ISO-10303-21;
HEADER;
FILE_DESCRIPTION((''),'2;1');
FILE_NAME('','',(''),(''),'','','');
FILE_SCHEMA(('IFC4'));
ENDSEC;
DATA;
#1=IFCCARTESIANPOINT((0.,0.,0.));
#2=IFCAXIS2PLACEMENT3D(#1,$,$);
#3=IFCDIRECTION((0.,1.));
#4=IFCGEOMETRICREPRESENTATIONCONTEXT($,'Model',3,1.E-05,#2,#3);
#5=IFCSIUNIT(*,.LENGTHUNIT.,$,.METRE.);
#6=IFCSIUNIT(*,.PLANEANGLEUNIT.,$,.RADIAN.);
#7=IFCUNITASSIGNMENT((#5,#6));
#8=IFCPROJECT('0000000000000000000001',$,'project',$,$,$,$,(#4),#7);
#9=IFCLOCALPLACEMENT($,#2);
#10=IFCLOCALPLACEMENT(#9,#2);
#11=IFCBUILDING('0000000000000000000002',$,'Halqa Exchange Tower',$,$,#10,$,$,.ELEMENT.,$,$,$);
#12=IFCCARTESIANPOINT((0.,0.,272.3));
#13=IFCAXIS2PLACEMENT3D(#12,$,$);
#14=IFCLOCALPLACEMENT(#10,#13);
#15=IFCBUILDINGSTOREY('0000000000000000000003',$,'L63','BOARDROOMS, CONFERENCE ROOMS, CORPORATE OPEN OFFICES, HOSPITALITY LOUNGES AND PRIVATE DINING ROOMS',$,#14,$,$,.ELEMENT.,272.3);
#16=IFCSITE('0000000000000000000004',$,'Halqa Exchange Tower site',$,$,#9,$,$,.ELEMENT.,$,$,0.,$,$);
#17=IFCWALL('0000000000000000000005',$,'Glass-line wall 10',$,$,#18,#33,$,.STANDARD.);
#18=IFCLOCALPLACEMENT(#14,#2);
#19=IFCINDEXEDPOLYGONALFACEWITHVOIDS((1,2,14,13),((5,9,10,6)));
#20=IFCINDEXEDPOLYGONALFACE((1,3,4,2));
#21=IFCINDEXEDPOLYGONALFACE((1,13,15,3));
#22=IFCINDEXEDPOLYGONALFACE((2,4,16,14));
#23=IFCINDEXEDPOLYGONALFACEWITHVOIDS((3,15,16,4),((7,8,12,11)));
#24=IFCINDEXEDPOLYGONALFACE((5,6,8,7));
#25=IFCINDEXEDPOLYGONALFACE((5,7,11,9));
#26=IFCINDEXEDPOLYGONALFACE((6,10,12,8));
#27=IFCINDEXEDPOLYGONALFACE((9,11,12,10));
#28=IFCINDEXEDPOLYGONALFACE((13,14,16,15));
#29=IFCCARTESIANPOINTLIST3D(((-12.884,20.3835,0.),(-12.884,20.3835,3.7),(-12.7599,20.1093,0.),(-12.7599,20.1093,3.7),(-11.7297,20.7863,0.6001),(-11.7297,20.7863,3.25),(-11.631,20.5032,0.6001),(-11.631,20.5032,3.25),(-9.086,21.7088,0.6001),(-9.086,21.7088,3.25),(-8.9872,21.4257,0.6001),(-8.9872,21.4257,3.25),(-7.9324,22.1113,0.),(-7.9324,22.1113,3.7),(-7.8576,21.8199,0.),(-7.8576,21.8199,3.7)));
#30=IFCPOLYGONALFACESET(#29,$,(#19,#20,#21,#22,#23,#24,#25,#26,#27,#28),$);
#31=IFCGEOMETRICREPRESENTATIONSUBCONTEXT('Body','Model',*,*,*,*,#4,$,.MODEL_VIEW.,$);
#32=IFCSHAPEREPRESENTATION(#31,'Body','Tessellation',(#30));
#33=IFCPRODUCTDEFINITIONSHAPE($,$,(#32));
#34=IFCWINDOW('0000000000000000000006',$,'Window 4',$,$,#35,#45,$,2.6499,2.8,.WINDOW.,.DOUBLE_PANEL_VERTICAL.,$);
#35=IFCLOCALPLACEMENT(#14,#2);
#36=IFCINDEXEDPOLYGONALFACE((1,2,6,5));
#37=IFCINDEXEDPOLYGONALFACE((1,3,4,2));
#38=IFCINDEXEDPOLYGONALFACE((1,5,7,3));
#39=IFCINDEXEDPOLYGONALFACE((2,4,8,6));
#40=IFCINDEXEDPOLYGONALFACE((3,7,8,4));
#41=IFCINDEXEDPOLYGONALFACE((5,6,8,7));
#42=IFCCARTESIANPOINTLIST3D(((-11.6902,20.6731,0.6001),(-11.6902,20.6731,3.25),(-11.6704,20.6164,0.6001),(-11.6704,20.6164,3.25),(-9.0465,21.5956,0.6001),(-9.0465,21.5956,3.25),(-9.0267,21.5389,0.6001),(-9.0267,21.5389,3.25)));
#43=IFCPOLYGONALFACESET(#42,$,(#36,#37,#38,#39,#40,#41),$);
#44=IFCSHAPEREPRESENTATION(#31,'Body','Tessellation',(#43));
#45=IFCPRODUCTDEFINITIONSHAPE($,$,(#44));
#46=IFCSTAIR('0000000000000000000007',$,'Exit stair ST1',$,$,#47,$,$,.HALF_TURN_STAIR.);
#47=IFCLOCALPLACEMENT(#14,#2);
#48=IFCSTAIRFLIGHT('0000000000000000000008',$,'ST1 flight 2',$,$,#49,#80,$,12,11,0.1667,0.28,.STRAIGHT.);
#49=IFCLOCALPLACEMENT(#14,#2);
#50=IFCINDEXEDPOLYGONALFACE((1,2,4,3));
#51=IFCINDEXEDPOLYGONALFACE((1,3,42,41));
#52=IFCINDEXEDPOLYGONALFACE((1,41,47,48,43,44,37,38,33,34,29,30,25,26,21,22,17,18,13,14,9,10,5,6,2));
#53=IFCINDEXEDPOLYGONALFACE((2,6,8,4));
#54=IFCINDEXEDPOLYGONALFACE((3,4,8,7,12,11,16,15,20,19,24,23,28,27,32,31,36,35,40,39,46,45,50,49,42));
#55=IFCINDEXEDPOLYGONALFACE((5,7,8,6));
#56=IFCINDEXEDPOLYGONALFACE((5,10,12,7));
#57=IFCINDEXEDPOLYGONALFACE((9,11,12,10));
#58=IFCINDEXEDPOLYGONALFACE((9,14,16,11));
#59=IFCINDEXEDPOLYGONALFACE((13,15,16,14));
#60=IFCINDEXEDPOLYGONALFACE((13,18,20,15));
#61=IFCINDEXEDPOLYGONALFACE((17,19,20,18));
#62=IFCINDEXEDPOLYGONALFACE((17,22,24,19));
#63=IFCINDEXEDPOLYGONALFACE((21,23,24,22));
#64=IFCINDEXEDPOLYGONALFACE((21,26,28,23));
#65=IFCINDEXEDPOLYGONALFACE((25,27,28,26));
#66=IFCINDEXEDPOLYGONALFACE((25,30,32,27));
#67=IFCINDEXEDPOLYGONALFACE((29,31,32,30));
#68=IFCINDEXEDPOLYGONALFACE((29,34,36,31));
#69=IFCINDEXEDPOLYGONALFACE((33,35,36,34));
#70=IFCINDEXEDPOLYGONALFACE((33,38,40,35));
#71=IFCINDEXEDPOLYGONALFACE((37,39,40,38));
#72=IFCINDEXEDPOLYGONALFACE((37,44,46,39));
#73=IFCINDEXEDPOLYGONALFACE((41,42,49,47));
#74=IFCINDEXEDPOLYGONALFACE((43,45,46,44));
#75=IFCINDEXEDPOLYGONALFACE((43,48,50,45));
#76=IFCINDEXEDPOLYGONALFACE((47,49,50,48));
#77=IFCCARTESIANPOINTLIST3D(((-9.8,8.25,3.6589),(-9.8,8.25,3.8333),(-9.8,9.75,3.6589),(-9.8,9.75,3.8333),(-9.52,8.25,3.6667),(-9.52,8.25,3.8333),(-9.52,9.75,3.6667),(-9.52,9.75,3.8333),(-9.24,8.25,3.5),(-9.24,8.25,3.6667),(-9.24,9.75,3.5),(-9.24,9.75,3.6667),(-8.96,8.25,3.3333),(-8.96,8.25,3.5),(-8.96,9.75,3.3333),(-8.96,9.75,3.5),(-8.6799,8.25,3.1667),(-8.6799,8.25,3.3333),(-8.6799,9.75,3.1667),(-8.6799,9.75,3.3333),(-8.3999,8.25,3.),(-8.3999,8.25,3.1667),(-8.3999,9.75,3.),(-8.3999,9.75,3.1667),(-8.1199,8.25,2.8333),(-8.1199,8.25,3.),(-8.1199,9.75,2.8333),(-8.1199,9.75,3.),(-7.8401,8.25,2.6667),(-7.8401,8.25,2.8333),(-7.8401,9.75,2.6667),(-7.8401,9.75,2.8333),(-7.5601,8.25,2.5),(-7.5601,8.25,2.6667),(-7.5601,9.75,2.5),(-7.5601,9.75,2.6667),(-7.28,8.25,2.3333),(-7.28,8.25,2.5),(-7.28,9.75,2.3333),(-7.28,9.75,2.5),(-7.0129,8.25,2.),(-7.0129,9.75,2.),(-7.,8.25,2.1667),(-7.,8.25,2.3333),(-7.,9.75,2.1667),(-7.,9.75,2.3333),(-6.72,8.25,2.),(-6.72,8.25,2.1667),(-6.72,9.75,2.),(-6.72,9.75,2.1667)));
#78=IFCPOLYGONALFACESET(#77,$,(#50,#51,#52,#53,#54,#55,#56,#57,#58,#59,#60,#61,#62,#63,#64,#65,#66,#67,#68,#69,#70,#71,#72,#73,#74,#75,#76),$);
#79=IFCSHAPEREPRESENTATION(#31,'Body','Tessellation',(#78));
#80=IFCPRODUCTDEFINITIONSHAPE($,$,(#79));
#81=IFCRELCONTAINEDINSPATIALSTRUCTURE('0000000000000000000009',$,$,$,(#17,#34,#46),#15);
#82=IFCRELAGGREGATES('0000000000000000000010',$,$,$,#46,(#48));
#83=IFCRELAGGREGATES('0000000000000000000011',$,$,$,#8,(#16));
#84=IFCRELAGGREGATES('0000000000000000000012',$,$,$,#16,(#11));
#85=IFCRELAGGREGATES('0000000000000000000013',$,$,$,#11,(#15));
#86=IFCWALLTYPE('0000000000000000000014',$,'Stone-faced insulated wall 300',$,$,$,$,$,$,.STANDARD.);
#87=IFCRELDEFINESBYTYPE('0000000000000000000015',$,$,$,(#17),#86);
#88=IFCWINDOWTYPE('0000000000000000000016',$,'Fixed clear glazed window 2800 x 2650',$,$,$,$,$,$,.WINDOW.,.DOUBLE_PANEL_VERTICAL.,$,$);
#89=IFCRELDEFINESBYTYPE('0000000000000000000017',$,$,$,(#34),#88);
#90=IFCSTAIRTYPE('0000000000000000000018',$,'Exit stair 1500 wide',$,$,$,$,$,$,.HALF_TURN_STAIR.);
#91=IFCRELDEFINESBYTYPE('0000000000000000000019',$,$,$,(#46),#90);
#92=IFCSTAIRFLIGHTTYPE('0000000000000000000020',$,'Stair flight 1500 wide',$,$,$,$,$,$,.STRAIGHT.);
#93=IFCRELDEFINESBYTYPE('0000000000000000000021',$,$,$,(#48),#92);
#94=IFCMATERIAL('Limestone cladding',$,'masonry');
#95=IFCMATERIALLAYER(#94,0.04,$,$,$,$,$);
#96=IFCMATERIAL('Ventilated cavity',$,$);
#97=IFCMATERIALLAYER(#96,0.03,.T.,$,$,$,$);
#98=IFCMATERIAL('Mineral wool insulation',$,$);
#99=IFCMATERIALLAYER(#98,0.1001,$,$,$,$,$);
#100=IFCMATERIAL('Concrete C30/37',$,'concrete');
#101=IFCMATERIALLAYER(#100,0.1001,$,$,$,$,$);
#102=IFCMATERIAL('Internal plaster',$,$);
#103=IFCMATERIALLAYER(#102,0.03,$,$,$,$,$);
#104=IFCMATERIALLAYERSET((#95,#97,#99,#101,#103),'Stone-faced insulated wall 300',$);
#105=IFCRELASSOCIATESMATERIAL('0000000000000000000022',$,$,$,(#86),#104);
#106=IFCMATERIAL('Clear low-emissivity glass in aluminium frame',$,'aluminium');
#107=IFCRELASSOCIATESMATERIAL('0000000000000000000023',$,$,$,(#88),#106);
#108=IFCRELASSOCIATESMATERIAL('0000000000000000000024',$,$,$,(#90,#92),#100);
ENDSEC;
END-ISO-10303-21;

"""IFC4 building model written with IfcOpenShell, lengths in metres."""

from ifc_helpers import new_model, si_unit, direction, frame, frame_2d, origin, place, context, subcontext, project, spatial, polyline, rectangle, outline, extrude, material, layer, layer_set, type_object, element, fill, aggregate, save


model = new_model("IFC4")

# Units and contexts
model_context = context("Model", 3, precision=1e-05, world=origin(), true_north=direction((0.0, 1.0)))
body_context = subcontext(model_context, "Body", "Model", "MODEL_VIEW")
ifc_project = project(units=[si_unit("LENGTHUNIT", "METRE"), si_unit("PLANEANGLEUNIT", "RADIAN")], contexts=[model_context])

# Site, building, storey
site_placement = place(None, origin())
site = spatial("IfcSite", under=ifc_project, at=site_placement, Name="Halqa Exchange Tower site", CompositionType="ELEMENT", RefElevation=0.0)
building_placement = place(site_placement, origin())
building = spatial("IfcBuilding", under=site, at=building_placement, Name="Halqa Exchange Tower", CompositionType="ELEMENT")
storey_placement = place(building_placement, frame((0.0, 0.0, 272.3)))
storey = spatial("IfcBuildingStorey", under=building, at=storey_placement, Name="L63", Description="BOARDROOMS, CONFERENCE ROOMS, CORPORATE OPEN OFFICES, HOSPITALITY LOUNGES AND PRIVATE DINING ROOMS", CompositionType="ELEMENT", Elevation=272.3)

# Shared definitions
ifc_material_1 = material(Name="Concrete C30/37", Category="concrete")

# Wall, opening, window
ifc_material_2 = material(Name="Limestone cladding", Category="masonry")
ifc_layer_1 = layer(ifc_material_2, 0.04)
ifc_material_3 = material(Name="Ventilated cavity")
ifc_layer_2 = layer(ifc_material_3, 0.03, ventilated=True)
ifc_material_4 = material(Name="Mineral wool insulation")
ifc_layer_3 = layer(ifc_material_4, 0.1001)
ifc_layer_4 = layer(ifc_material_1, 0.1001)
ifc_material_5 = material(Name="Internal plaster")
ifc_layer_5 = layer(ifc_material_5, 0.03)
ifc_layer_set_1 = layer_set([ifc_layer_1, ifc_layer_2, ifc_layer_3, ifc_layer_4, ifc_layer_5], Name="Stone-faced insulated wall 300")
wall_type_1 = type_object("IfcWallType", Name="Stone-faced insulated wall 300", PredefinedType="STANDARD", material=ifc_layer_set_1)
ifc_material_6 = material(Name="Clear low-emissivity glass in aluminium frame", Category="aluminium")
window_type = type_object("IfcWindowType", Name="Fixed clear glazed window 2800 x 2650", PartitioningType="DOUBLE_PANEL_VERTICAL", PredefinedType="WINDOW", material=ifc_material_6)
wall_1_placement = place(storey_placement, frame((-7.895, 21.9656, 0.0), z_axis=(0.0, 0.0, 1.0), x_axis=(-0.944169, -0.32946, 0.0)))
wall_1 = element("IfcWall", 1, at=wall_1_placement, inside=storey, type_object=wall_type_1, Name="Glass-line wall 10", PredefinedType="STANDARD", context=body_context, shape_type="SweptSolid", body=[
    extrude(outline(polyline([(-0.0127, -0.1499), (5.2317, -0.1499), (5.2048, 0.1499), (0.0127, 0.1499), (-0.0127, -0.1499)])), origin(), (0.0, 0.0, 1.0), 3.7),
])
opening_1_placement = place(wall_1_placement, frame((1.2092, 0.0, 0.6001)))
opening_1 = element("IfcOpeningElement", 2, at=opening_1_placement, cuts=wall_1, PredefinedType="OPENING", context=body_context, shape_type="SweptSolid", body=[
    extrude(rectangle(XDim=2.8, YDim=2.6499, at=frame_2d((1.3999, 1.325))), frame((0.0, 0.1621, 0.0), z_axis=(0.0, -1.0, 0.0), x_axis=(1.0, 0.0, 0.0)), (0.0, 0.0, 1.0), 0.324),
])
window_1_placement = place(opening_1_placement, origin())
window_1 = element("IfcWindow", 3, at=window_1_placement, inside=storey, type_object=window_type, Name="Window 4", OverallHeight=2.6499, OverallWidth=2.8, PartitioningType="DOUBLE_PANEL_VERTICAL", PredefinedType="WINDOW", context=body_context, shape_type="SweptSolid", body=[
    extrude(rectangle(XDim=2.8, YDim=2.6499, at=frame_2d((1.3999, 1.325))), frame((0.0, 0.03, 0.0), z_axis=(0.0, -1.0, 0.0), x_axis=(1.0, 0.0, 0.0)), (0.0, 0.0, 1.0), 0.0601),
])
fill(opening_1, window_1)

# Stair, stair flight
stair_type = type_object("IfcStairType", Name="Exit stair 1500 wide", PredefinedType="HALF_TURN_STAIR", material=ifc_material_1)
stair_placement = place(storey_placement, origin())
stair = element("IfcStair", 4, at=stair_placement, inside=storey, type_object=stair_type, Name="Exit stair ST1", PredefinedType="HALF_TURN_STAIR")
stair_flight_type = type_object("IfcStairFlightType", Name="Stair flight 1500 wide", PredefinedType="STRAIGHT", material=ifc_material_1)
stair_flight_placement = place(storey_placement, frame((-6.72, 9.0, 2.0), z_axis=(0.0, 0.0, 1.0), x_axis=(-1.0, 0.0, 0.0)))
stair_flight = element("IfcStairFlight", 5, at=stair_flight_placement, type_object=stair_flight_type, Name="ST1 flight 2", NumberOfRisers=12, NumberOfTreads=11, PredefinedType="STRAIGHT", RiserHeight=0.1667, TreadLength=0.28, context=body_context, shape_type="SweptSolid", body=[
    extrude(outline(polyline([(0.0, 0.0), (0.0, 0.1667), (0.28, 0.1667), (0.28, 0.3333), (0.5601, 0.3333), (0.5601, 0.5), (0.8401, 0.5), (0.8401, 0.6667), (1.1201, 0.6667), (1.1201, 0.8333), (1.3999, 0.8333), (1.3999, 1.0), (1.6799, 1.0), (1.6799, 1.1667), (1.96, 1.1667), (1.96, 1.3333), (2.24, 1.3333), (2.24, 1.5), (2.52, 1.5), (2.52, 1.6667), (2.8, 1.6667), (2.8, 1.8333), (3.0801, 1.8333), (3.0801, 2.0), (3.0801, 1.6589), (0.293, 0.0), (0.0, 0.0)])), frame((0.0, 0.75, 0.0), z_axis=(0.0, -1.0, 0.0), x_axis=(1.0, 0.0, 0.0)), (0.0, 0.0, 1.0), 1.5),
])
aggregate(stair, [stair_flight])

save(model, "model.ifc")
